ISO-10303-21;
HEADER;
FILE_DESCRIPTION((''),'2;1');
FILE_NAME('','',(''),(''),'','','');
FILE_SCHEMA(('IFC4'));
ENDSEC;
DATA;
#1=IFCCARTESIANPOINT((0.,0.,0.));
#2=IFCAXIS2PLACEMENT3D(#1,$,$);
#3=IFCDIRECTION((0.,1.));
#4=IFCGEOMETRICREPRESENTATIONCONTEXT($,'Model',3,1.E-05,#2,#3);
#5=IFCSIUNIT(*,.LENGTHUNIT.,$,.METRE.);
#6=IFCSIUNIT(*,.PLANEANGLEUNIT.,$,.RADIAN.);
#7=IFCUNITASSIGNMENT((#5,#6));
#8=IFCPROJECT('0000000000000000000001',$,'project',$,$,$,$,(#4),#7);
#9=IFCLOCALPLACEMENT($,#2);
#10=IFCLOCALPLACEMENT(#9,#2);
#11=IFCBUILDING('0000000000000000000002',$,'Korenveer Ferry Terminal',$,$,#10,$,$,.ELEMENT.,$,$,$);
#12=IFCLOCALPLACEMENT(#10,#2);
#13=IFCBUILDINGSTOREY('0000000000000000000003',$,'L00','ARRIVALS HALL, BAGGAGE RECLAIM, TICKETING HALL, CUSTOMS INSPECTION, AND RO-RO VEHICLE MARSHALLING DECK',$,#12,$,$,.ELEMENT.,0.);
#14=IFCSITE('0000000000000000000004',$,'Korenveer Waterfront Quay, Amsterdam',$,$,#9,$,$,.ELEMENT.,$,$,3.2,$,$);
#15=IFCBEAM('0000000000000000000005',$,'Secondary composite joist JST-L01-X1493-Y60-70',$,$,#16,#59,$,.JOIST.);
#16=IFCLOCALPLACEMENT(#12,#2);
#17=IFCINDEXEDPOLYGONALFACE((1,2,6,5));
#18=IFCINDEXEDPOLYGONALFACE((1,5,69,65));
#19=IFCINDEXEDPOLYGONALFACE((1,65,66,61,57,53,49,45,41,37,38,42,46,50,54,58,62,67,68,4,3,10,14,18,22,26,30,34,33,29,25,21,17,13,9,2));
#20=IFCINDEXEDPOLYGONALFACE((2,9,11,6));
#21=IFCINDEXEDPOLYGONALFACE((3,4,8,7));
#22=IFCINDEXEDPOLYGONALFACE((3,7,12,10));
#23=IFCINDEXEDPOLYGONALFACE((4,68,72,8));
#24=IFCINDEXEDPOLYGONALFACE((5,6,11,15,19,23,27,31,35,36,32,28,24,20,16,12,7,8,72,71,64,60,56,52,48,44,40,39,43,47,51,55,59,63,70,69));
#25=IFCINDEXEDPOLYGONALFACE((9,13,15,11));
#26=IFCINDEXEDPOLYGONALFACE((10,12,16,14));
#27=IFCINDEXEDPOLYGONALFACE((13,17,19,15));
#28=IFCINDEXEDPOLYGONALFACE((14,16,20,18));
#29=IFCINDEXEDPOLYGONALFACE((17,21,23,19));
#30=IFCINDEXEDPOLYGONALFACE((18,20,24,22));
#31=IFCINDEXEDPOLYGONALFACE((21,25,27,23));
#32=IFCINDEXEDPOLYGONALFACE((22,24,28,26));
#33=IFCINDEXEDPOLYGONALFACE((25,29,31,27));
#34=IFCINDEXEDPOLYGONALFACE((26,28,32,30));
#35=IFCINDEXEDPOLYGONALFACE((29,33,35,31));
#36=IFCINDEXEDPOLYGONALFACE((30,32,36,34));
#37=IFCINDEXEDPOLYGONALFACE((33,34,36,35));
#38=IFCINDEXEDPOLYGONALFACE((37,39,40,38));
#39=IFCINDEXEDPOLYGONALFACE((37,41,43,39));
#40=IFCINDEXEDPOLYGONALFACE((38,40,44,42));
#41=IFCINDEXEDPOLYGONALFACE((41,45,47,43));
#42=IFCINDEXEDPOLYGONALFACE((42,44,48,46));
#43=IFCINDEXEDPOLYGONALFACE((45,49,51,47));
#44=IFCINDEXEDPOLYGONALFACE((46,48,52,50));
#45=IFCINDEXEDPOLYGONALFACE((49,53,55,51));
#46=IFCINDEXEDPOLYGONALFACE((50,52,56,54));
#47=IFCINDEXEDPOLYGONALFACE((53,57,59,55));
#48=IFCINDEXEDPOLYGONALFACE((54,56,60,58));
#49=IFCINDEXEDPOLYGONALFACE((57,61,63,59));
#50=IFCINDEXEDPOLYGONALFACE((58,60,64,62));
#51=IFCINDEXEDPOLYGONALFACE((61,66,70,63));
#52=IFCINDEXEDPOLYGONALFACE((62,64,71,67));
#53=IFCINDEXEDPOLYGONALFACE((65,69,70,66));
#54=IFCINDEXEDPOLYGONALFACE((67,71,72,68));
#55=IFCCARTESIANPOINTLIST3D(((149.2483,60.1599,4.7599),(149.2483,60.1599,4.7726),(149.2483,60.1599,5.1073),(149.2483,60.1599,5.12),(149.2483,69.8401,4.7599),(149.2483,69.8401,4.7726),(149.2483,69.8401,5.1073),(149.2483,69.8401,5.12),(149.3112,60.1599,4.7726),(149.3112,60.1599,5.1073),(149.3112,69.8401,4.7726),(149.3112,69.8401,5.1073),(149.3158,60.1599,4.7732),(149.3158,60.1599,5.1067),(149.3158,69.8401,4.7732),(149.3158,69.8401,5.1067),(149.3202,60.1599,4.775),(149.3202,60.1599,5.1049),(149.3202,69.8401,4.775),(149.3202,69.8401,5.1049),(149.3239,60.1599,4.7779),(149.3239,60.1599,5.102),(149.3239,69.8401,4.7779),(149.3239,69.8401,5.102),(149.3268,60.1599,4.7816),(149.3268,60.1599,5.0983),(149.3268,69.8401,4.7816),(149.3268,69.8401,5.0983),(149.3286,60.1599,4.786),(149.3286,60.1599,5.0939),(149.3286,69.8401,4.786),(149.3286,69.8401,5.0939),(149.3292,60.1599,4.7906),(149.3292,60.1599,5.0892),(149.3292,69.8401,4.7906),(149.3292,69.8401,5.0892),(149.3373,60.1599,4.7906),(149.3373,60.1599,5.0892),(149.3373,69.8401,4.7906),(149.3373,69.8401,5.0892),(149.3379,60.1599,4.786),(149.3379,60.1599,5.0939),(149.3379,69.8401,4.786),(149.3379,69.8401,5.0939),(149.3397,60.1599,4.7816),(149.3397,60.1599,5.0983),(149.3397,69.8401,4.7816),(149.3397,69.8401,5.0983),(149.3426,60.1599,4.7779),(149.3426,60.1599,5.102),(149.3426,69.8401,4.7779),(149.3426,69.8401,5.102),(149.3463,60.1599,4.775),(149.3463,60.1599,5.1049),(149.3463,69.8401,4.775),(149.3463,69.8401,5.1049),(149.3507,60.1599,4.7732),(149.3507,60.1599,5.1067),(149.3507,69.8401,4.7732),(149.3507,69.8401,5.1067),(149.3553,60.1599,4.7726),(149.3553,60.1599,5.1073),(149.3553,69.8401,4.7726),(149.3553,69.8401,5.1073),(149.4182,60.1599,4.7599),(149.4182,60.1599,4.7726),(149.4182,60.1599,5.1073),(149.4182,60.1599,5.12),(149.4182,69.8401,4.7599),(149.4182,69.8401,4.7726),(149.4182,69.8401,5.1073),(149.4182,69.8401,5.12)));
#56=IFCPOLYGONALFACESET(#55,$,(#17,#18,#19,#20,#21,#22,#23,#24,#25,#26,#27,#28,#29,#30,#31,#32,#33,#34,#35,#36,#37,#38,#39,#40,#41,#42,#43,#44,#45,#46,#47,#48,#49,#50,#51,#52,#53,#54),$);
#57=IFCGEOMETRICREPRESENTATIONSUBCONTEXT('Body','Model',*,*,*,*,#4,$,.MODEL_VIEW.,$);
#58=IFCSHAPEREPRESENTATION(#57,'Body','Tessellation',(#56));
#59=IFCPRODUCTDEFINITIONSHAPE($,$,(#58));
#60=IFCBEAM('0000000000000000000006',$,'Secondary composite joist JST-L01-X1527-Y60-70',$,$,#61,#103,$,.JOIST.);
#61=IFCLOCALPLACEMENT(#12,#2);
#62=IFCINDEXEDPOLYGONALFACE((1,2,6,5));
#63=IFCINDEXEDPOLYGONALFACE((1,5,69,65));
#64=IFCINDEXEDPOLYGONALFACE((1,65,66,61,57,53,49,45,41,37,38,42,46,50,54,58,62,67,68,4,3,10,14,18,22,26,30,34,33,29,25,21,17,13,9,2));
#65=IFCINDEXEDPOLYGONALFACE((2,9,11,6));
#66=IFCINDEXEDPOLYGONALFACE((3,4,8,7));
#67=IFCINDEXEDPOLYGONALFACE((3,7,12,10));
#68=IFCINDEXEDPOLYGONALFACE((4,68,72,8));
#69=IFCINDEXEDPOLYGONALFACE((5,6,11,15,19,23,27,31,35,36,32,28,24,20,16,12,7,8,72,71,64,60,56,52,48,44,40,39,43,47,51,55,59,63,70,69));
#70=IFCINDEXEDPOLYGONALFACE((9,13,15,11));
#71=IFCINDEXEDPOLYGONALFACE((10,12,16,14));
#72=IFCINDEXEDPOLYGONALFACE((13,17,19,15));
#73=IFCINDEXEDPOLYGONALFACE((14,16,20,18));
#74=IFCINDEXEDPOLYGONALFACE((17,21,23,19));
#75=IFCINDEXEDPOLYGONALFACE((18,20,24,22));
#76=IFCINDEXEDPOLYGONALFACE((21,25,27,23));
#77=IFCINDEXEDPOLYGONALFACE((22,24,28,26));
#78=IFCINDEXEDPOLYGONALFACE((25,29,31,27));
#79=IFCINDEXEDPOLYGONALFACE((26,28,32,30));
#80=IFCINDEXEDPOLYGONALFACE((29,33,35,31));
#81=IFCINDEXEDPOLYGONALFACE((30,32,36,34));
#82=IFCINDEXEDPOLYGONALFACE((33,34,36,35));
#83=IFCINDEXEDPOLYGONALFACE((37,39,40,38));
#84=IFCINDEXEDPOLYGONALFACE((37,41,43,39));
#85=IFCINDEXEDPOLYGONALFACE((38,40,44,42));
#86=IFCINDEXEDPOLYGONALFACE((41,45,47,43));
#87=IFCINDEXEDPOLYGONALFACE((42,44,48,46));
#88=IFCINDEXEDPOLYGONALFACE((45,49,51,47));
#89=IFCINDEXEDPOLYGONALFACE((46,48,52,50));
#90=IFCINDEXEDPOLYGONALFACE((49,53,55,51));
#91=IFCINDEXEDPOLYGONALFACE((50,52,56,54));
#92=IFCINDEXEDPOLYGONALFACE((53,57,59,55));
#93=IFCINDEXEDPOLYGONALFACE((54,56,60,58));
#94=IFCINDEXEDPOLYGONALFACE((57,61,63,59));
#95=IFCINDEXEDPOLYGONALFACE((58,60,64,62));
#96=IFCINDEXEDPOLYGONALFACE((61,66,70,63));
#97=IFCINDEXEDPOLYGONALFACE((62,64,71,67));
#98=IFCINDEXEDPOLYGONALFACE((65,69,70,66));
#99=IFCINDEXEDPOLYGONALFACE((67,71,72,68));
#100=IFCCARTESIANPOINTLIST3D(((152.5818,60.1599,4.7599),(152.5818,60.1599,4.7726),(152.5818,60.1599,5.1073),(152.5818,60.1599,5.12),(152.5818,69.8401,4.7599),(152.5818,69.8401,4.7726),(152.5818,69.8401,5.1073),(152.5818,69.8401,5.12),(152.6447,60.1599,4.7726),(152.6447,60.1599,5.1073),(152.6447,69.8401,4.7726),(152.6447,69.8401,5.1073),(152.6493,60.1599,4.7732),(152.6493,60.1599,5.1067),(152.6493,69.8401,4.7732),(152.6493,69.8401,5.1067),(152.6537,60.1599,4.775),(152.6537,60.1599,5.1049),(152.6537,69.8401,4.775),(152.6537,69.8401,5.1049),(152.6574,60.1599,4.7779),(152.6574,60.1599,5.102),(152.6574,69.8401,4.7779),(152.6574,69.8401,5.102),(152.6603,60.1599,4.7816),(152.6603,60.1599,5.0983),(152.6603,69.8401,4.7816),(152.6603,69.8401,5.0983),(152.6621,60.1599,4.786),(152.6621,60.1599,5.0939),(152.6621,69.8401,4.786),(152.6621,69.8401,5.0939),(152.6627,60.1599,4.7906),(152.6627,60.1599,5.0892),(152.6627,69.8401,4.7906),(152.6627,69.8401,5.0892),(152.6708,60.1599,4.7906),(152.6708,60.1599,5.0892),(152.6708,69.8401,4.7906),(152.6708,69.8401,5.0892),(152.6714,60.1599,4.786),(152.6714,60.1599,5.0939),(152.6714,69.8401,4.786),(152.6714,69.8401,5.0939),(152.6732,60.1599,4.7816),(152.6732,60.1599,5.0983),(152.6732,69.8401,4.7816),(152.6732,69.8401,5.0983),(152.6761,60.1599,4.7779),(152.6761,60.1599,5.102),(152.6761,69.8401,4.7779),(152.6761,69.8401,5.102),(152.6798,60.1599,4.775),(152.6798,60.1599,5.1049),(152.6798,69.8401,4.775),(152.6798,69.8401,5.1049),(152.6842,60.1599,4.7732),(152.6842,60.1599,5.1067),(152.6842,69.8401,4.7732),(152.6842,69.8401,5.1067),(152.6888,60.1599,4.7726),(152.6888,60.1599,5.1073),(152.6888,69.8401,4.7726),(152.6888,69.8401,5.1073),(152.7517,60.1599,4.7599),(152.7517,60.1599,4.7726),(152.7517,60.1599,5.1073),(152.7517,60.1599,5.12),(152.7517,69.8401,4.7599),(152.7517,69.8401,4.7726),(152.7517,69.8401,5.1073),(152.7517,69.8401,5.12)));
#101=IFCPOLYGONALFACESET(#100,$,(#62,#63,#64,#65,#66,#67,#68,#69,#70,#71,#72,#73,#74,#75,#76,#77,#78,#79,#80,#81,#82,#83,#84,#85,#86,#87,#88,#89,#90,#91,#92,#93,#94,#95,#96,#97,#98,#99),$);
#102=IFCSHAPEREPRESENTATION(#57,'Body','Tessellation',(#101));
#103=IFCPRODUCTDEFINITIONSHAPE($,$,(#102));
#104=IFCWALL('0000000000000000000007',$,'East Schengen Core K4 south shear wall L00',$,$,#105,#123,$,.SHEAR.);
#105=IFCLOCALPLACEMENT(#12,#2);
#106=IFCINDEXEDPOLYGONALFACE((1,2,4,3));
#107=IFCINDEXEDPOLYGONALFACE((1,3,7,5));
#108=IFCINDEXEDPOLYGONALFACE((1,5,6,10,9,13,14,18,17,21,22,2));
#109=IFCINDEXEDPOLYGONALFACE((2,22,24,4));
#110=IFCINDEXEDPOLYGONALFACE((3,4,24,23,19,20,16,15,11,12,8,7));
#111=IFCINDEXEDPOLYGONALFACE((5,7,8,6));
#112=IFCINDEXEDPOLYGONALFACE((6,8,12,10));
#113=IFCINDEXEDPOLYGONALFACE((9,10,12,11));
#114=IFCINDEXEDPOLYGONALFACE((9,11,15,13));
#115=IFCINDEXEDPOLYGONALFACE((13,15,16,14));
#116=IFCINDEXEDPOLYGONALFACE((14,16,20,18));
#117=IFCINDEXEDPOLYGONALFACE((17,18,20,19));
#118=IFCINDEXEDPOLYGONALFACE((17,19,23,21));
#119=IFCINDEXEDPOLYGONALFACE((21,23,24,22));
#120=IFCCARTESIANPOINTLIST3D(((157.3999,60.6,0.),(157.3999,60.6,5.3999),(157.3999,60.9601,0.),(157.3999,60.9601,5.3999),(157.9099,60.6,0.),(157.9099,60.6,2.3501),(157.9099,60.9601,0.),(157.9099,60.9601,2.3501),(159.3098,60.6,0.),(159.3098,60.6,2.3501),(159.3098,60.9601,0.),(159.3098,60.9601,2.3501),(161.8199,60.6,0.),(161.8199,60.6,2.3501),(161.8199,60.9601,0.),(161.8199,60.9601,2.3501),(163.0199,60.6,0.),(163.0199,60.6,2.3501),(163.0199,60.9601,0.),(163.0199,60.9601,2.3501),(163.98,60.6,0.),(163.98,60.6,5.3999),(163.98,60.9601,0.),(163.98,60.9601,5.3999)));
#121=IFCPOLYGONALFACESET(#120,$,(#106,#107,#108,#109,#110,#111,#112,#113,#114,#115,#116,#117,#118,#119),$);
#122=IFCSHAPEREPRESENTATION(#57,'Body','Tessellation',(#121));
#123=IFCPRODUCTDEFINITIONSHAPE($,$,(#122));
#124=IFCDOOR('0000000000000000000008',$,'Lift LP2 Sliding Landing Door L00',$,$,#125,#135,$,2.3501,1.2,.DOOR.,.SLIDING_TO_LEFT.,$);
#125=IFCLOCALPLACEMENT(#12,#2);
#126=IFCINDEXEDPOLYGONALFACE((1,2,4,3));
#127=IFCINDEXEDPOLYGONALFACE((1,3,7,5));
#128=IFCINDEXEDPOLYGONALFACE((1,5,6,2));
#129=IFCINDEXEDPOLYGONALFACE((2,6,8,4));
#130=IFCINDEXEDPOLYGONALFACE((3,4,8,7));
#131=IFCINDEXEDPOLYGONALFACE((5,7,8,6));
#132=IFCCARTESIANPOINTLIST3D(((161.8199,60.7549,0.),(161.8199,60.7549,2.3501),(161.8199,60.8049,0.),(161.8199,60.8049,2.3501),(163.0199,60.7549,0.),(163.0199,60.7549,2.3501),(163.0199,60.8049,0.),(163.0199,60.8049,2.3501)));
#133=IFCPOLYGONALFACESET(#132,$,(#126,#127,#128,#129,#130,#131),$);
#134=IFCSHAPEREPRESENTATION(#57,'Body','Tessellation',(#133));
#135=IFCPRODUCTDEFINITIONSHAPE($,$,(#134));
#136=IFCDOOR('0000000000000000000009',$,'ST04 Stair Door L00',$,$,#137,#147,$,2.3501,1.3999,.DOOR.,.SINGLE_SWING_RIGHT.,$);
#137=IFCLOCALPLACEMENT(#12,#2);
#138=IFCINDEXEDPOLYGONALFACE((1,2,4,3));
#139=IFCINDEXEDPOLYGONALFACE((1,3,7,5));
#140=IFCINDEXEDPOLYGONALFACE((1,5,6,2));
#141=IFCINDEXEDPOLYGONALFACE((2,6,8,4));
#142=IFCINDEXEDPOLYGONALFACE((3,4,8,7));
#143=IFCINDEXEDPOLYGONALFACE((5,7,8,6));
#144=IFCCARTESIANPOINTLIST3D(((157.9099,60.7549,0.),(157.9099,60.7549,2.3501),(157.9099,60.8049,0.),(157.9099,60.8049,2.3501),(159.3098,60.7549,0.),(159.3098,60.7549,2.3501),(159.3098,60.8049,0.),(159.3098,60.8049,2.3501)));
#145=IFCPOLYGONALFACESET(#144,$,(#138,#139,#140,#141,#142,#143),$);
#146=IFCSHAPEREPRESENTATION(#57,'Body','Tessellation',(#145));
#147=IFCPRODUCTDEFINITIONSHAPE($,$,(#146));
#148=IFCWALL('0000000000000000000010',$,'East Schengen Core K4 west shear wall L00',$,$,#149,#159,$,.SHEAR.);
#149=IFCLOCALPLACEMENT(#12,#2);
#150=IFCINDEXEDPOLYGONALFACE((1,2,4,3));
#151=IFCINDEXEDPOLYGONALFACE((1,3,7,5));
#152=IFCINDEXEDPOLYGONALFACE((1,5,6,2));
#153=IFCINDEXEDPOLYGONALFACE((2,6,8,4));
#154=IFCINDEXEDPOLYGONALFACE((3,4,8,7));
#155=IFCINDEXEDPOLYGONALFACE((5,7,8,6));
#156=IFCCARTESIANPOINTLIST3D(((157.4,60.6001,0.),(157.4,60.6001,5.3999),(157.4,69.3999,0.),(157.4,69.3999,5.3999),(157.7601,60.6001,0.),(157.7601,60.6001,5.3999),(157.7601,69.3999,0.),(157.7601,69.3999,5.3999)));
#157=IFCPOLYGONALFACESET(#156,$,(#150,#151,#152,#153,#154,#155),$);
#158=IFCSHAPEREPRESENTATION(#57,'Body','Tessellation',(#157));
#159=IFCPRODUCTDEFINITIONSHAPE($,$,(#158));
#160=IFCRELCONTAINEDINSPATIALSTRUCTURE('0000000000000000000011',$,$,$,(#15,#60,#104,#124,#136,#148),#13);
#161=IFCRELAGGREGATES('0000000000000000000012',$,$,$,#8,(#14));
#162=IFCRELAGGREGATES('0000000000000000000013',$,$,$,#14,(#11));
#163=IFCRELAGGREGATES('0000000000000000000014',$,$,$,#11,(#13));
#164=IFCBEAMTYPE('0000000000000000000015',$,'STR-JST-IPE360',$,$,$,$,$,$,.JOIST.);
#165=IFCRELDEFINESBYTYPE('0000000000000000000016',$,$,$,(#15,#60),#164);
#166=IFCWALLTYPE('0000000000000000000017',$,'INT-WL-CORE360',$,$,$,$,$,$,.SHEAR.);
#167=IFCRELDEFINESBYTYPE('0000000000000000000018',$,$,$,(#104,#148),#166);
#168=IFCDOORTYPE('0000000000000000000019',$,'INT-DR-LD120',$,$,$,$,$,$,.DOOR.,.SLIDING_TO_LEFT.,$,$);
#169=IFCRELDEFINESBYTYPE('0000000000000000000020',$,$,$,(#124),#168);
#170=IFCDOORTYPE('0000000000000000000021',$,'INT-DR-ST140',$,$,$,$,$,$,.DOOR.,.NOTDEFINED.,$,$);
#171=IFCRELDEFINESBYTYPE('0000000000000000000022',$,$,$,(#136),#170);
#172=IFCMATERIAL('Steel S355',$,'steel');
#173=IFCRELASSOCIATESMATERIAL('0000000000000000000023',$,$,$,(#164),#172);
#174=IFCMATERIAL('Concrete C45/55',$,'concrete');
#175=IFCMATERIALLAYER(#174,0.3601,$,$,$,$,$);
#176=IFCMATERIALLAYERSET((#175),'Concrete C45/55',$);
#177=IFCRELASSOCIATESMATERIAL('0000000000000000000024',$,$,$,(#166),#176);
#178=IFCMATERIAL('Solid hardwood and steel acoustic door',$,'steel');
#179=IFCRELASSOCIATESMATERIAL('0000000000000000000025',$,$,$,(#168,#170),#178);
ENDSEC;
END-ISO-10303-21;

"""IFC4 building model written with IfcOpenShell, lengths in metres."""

from ifc_helpers import new_model, si_unit, direction, frame, frame_2d, origin, origin_2d, place, context, subcontext, project, spatial, rectangle, i_section, extrude, material, layer, layer_set, material_profile, profile_set, type_object, element, fill, save


model = new_model("IFC4")

# Units and contexts
model_context = context("Model", 3, precision=1e-05, world=origin(), true_north=direction((0.0, 1.0)))
body_context = subcontext(model_context, "Body", "Model", "MODEL_VIEW")
ifc_project = project(units=[si_unit("LENGTHUNIT", "METRE"), si_unit("PLANEANGLEUNIT", "RADIAN")], contexts=[model_context])

# Site, building, storey
site_placement = place(None, origin())
site = spatial("IfcSite", under=ifc_project, at=site_placement, Name="Korenveer Waterfront Quay, Amsterdam", CompositionType="ELEMENT", RefElevation=3.2)
building_placement = place(site_placement, origin())
building = spatial("IfcBuilding", under=site, at=building_placement, Name="Korenveer Ferry Terminal", CompositionType="ELEMENT")
storey_placement = place(building_placement, origin())
storey = spatial("IfcBuildingStorey", under=building, at=storey_placement, Name="L00", Description="ARRIVALS HALL, BAGGAGE RECLAIM, TICKETING HALL, CUSTOMS INSPECTION, AND RO-RO VEHICLE MARSHALLING DECK", CompositionType="ELEMENT", Elevation=0.0)

# Shared definitions
ifc_material_1 = material(Name="Concrete C45/55", Category="concrete")

# Beams
ifc_material_2 = material(Name="Steel S355", Category="steel")
ifc_material_profile_1 = material_profile(ifc_material_2, i_section(OverallWidth=0.1699, OverallDepth=0.3601, WebThickness=0.0081, FlangeThickness=0.0127, FilletRadius=0.0181, at=origin_2d()), Name="IPE 360")
ifc_profile_set_1 = profile_set([ifc_material_profile_1], Name="Steel S355")
beam_type_1 = type_object("IfcBeamType", Name="STR-JST-IPE360", PredefinedType="JOIST", material=ifc_profile_set_1)
for number, where, z_axis, x_axis, name in (
    (1, (149.3333, 60.1599, 4.9399), (0.0, 1.0, 0.0), (-1.0, 0.0, 0.0), "Secondary composite joist JST-L01-X1493-Y60-70"),
    (2, (152.6667, 60.1599, 4.9399), (0.0, 1.0, 0.0), (-1.0, 0.0, 0.0), "Secondary composite joist JST-L01-X1527-Y60-70"),
):
    element("IfcBeam", number, at=place(storey_placement, frame(where, z_axis=z_axis, x_axis=x_axis)), inside=storey, type_object=beam_type_1, Name=name, PredefinedType="JOIST", context=body_context, shape_type="SweptSolid", body=[
        extrude(i_section(OverallWidth=0.1699, OverallDepth=0.3601, WebThickness=0.0081, FlangeThickness=0.0127, FilletRadius=0.0181, at=origin_2d()), origin(), (0.0, 0.0, 1.0), 9.6802),
    ])

# Wall, openings, doors
ifc_layer = layer(ifc_material_1, 0.3601)
ifc_layer_set = layer_set([ifc_layer], Name="Concrete C45/55")
wall_type = type_object("IfcWallType", Name="INT-WL-CORE360", PredefinedType="SHEAR", material=ifc_layer_set)
wall_1_placement = place(storey_placement, frame((157.3999, 60.78, 0.0), z_axis=(0.0, 0.0, 1.0), x_axis=(1.0, 0.0, 0.0)))
wall_1 = element("IfcWall", 3, at=wall_1_placement, inside=storey, type_object=wall_type, Name="East Schengen Core K4 south shear wall L00", PredefinedType="SHEAR", context=body_context, shape_type="SweptSolid", body=[
    extrude(rectangle(XDim=6.5801, YDim=0.3601, at=frame_2d((3.29, 0.0))), origin(), (0.0, 0.0, 1.0), 5.3999),
])
opening_1_placement = place(wall_1_placement, frame((0.51, 0.0, 0.0)))
opening_1 = element("IfcOpeningElement", 4, at=opening_1_placement, cuts=wall_1, PredefinedType="OPENING", context=body_context, shape_type="SweptSolid", body=[
    extrude(rectangle(XDim=1.3999, YDim=2.3501, at=frame_2d((0.7, 1.175))), frame((0.0, 0.1899, 0.0), z_axis=(0.0, -1.0, 0.0), x_axis=(1.0, 0.0, 0.0)), (0.0, 0.0, 1.0), 0.3801),
])
opening_2_placement = place(wall_1_placement, frame((4.4199, 0.0, 0.0)))
opening_2 = element("IfcOpeningElement", 5, at=opening_2_placement, cuts=wall_1, PredefinedType="OPENING", context=body_context, shape_type="SweptSolid", body=[
    extrude(rectangle(XDim=1.2, YDim=2.3501, at=frame_2d((0.6001, 1.175))), frame((0.0, 0.1899, 0.0), z_axis=(0.0, -1.0, 0.0), x_axis=(1.0, 0.0, 0.0)), (0.0, 0.0, 1.0), 0.3801),
])
ifc_material_3 = material(Name="Solid hardwood and steel acoustic door", Category="steel")
door_type_1 = type_object("IfcDoorType", Name="INT-DR-LD120", OperationType="SLIDING_TO_LEFT", PredefinedType="DOOR", material=ifc_material_3)
door_1_placement = place(opening_2_placement, origin())
door_1 = element("IfcDoor", 6, at=door_1_placement, inside=storey, type_object=door_type_1, Name="Lift LP2 Sliding Landing Door L00", OperationType="SLIDING_TO_LEFT", OverallHeight=2.3501, OverallWidth=1.2, PredefinedType="DOOR", context=body_context, shape_type="SweptSolid", body=[
    extrude(rectangle(XDim=1.2, YDim=2.3501, at=frame_2d((0.6001, 1.175))), frame((0.0, 0.0249, 0.0), z_axis=(0.0, -1.0, 0.0), x_axis=(1.0, 0.0, 0.0)), (0.0, 0.0, 1.0), 0.05),
])
fill(opening_2, door_1)
door_type_2 = type_object("IfcDoorType", Name="INT-DR-ST140", OperationType="NOTDEFINED", PredefinedType="DOOR", material=ifc_material_3)
door_2_placement = place(opening_1_placement, origin())
door_2 = element("IfcDoor", 7, at=door_2_placement, inside=storey, type_object=door_type_2, Name="ST04 Stair Door L00", OperationType="SINGLE_SWING_RIGHT", OverallHeight=2.3501, OverallWidth=1.3999, PredefinedType="DOOR", context=body_context, shape_type="SweptSolid", body=[
    extrude(rectangle(XDim=1.3999, YDim=2.3501, at=frame_2d((0.7, 1.175))), frame((0.0, 0.0249, 0.0), z_axis=(0.0, -1.0, 0.0), x_axis=(1.0, 0.0, 0.0)), (0.0, 0.0, 1.0), 0.05),
])
fill(opening_1, door_2)

# Wall
wall_2_placement = place(storey_placement, frame((157.5801, 60.6001, 0.0), z_axis=(0.0, 0.0, 1.0), x_axis=(0.0, 1.0, 0.0)))
element("IfcWall", 8, at=wall_2_placement, inside=storey, type_object=wall_type, Name="East Schengen Core K4 west shear wall L00", PredefinedType="SHEAR", context=body_context, shape_type="SweptSolid", body=[
    extrude(rectangle(XDim=8.7998, YDim=0.3601, at=frame_2d((4.3999, 0.0))), origin(), (0.0, 0.0, 1.0), 5.3999),
])

save(model, "model.ifc")
